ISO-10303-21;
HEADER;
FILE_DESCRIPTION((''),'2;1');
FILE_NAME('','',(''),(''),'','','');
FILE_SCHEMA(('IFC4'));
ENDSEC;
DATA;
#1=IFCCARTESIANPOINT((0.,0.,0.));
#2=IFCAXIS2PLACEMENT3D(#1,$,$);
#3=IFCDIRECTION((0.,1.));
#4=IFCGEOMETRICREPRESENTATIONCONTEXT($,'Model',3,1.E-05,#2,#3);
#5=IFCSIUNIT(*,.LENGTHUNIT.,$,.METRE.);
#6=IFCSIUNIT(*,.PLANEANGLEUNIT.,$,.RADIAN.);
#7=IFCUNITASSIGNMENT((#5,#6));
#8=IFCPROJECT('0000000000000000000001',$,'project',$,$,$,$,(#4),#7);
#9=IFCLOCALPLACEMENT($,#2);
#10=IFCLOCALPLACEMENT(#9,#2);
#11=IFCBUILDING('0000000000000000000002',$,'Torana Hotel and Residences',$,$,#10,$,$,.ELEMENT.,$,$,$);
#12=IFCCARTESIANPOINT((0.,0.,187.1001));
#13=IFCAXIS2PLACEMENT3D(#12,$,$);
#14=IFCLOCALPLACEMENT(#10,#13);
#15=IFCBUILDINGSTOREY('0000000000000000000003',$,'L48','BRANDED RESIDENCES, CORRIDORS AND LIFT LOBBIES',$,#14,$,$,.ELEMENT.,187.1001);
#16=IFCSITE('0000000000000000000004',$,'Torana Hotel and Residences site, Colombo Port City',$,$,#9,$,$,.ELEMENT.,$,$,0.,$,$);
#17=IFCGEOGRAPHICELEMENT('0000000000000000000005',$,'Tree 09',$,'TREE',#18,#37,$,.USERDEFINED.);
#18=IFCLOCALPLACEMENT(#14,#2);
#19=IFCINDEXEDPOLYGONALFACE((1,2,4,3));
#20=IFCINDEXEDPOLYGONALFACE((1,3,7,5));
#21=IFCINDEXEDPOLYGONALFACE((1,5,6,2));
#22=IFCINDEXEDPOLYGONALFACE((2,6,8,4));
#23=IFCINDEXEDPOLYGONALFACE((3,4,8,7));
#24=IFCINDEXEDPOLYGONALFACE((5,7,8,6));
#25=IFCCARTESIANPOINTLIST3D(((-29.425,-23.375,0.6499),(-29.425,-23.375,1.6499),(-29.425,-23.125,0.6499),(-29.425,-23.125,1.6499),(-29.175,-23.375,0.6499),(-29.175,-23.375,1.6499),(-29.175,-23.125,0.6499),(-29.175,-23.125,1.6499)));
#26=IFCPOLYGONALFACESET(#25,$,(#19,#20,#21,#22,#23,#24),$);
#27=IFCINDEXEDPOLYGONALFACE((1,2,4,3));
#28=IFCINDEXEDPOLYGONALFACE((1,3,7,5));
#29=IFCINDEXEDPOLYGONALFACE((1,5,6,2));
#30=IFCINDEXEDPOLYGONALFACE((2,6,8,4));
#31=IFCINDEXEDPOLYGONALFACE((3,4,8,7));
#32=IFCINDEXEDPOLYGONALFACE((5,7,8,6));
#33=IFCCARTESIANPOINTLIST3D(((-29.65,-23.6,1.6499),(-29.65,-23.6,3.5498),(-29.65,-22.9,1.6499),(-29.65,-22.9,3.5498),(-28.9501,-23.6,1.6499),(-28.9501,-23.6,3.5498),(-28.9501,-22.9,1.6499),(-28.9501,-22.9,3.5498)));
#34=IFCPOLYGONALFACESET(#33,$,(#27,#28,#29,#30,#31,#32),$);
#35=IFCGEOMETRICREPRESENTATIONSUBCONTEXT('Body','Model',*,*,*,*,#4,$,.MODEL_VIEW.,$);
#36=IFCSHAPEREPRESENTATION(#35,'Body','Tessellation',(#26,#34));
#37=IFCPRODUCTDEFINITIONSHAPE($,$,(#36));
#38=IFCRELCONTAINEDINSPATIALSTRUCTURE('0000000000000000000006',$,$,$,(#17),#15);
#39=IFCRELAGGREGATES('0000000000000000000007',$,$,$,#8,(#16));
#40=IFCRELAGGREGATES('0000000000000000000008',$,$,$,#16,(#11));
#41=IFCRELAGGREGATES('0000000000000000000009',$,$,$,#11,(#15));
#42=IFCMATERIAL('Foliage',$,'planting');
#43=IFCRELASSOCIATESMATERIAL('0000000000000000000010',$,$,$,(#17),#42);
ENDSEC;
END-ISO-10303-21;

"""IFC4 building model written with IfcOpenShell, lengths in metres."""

from ifc_helpers import new_model, si_unit, direction, frame, origin, origin_2d, place, context, subcontext, project, spatial, rectangle, extrude, material, element, save


model = new_model("IFC4")

# Units and contexts
model_context = context("Model", 3, precision=1e-05, world=origin(), true_north=direction((0.0, 1.0)))
body_context = subcontext(model_context, "Body", "Model", "MODEL_VIEW")
ifc_project = project(units=[si_unit("LENGTHUNIT", "METRE"), si_unit("PLANEANGLEUNIT", "RADIAN")], contexts=[model_context])

# Site, building, storey
site_placement = place(None, origin())
site = spatial("IfcSite", under=ifc_project, at=site_placement, Name="Torana Hotel and Residences site, Colombo Port City", CompositionType="ELEMENT", RefElevation=0.0)
building_placement = place(site_placement, origin())
building = spatial("IfcBuilding", under=site, at=building_placement, Name="Torana Hotel and Residences", CompositionType="ELEMENT")
storey_placement = place(building_placement, frame((0.0, 0.0, 187.1001)))
storey = spatial("IfcBuildingStorey", under=building, at=storey_placement, Name="L48", Description="BRANDED RESIDENCES, CORRIDORS AND LIFT LOBBIES", CompositionType="ELEMENT", Elevation=187.1001)

# Geographic element
ifc_material_1 = material(Name="Foliage", Category="planting")
geographic_element_placement = place(storey_placement, frame((-29.3, -23.25, 0.6499), z_axis=(0.0, 0.0, 1.0), x_axis=(1.0, 0.0, 0.0)))
element("IfcGeographicElement", 1, at=geographic_element_placement, inside=storey, material=ifc_material_1, Name="Tree 09", ObjectType="TREE", PredefinedType="USERDEFINED", context=body_context, shape_type="SweptSolid", body=[
    extrude(rectangle(XDim=0.25, YDim=0.25, at=origin_2d()), origin(), (0.0, 0.0, 1.0), 1.0),
    extrude(rectangle(XDim=0.7, YDim=0.7, at=origin_2d()), frame((0.0, 0.0, 1.0)), (0.0, 0.0, 1.0), 1.8999),
])

save(model, "model.ifc")
